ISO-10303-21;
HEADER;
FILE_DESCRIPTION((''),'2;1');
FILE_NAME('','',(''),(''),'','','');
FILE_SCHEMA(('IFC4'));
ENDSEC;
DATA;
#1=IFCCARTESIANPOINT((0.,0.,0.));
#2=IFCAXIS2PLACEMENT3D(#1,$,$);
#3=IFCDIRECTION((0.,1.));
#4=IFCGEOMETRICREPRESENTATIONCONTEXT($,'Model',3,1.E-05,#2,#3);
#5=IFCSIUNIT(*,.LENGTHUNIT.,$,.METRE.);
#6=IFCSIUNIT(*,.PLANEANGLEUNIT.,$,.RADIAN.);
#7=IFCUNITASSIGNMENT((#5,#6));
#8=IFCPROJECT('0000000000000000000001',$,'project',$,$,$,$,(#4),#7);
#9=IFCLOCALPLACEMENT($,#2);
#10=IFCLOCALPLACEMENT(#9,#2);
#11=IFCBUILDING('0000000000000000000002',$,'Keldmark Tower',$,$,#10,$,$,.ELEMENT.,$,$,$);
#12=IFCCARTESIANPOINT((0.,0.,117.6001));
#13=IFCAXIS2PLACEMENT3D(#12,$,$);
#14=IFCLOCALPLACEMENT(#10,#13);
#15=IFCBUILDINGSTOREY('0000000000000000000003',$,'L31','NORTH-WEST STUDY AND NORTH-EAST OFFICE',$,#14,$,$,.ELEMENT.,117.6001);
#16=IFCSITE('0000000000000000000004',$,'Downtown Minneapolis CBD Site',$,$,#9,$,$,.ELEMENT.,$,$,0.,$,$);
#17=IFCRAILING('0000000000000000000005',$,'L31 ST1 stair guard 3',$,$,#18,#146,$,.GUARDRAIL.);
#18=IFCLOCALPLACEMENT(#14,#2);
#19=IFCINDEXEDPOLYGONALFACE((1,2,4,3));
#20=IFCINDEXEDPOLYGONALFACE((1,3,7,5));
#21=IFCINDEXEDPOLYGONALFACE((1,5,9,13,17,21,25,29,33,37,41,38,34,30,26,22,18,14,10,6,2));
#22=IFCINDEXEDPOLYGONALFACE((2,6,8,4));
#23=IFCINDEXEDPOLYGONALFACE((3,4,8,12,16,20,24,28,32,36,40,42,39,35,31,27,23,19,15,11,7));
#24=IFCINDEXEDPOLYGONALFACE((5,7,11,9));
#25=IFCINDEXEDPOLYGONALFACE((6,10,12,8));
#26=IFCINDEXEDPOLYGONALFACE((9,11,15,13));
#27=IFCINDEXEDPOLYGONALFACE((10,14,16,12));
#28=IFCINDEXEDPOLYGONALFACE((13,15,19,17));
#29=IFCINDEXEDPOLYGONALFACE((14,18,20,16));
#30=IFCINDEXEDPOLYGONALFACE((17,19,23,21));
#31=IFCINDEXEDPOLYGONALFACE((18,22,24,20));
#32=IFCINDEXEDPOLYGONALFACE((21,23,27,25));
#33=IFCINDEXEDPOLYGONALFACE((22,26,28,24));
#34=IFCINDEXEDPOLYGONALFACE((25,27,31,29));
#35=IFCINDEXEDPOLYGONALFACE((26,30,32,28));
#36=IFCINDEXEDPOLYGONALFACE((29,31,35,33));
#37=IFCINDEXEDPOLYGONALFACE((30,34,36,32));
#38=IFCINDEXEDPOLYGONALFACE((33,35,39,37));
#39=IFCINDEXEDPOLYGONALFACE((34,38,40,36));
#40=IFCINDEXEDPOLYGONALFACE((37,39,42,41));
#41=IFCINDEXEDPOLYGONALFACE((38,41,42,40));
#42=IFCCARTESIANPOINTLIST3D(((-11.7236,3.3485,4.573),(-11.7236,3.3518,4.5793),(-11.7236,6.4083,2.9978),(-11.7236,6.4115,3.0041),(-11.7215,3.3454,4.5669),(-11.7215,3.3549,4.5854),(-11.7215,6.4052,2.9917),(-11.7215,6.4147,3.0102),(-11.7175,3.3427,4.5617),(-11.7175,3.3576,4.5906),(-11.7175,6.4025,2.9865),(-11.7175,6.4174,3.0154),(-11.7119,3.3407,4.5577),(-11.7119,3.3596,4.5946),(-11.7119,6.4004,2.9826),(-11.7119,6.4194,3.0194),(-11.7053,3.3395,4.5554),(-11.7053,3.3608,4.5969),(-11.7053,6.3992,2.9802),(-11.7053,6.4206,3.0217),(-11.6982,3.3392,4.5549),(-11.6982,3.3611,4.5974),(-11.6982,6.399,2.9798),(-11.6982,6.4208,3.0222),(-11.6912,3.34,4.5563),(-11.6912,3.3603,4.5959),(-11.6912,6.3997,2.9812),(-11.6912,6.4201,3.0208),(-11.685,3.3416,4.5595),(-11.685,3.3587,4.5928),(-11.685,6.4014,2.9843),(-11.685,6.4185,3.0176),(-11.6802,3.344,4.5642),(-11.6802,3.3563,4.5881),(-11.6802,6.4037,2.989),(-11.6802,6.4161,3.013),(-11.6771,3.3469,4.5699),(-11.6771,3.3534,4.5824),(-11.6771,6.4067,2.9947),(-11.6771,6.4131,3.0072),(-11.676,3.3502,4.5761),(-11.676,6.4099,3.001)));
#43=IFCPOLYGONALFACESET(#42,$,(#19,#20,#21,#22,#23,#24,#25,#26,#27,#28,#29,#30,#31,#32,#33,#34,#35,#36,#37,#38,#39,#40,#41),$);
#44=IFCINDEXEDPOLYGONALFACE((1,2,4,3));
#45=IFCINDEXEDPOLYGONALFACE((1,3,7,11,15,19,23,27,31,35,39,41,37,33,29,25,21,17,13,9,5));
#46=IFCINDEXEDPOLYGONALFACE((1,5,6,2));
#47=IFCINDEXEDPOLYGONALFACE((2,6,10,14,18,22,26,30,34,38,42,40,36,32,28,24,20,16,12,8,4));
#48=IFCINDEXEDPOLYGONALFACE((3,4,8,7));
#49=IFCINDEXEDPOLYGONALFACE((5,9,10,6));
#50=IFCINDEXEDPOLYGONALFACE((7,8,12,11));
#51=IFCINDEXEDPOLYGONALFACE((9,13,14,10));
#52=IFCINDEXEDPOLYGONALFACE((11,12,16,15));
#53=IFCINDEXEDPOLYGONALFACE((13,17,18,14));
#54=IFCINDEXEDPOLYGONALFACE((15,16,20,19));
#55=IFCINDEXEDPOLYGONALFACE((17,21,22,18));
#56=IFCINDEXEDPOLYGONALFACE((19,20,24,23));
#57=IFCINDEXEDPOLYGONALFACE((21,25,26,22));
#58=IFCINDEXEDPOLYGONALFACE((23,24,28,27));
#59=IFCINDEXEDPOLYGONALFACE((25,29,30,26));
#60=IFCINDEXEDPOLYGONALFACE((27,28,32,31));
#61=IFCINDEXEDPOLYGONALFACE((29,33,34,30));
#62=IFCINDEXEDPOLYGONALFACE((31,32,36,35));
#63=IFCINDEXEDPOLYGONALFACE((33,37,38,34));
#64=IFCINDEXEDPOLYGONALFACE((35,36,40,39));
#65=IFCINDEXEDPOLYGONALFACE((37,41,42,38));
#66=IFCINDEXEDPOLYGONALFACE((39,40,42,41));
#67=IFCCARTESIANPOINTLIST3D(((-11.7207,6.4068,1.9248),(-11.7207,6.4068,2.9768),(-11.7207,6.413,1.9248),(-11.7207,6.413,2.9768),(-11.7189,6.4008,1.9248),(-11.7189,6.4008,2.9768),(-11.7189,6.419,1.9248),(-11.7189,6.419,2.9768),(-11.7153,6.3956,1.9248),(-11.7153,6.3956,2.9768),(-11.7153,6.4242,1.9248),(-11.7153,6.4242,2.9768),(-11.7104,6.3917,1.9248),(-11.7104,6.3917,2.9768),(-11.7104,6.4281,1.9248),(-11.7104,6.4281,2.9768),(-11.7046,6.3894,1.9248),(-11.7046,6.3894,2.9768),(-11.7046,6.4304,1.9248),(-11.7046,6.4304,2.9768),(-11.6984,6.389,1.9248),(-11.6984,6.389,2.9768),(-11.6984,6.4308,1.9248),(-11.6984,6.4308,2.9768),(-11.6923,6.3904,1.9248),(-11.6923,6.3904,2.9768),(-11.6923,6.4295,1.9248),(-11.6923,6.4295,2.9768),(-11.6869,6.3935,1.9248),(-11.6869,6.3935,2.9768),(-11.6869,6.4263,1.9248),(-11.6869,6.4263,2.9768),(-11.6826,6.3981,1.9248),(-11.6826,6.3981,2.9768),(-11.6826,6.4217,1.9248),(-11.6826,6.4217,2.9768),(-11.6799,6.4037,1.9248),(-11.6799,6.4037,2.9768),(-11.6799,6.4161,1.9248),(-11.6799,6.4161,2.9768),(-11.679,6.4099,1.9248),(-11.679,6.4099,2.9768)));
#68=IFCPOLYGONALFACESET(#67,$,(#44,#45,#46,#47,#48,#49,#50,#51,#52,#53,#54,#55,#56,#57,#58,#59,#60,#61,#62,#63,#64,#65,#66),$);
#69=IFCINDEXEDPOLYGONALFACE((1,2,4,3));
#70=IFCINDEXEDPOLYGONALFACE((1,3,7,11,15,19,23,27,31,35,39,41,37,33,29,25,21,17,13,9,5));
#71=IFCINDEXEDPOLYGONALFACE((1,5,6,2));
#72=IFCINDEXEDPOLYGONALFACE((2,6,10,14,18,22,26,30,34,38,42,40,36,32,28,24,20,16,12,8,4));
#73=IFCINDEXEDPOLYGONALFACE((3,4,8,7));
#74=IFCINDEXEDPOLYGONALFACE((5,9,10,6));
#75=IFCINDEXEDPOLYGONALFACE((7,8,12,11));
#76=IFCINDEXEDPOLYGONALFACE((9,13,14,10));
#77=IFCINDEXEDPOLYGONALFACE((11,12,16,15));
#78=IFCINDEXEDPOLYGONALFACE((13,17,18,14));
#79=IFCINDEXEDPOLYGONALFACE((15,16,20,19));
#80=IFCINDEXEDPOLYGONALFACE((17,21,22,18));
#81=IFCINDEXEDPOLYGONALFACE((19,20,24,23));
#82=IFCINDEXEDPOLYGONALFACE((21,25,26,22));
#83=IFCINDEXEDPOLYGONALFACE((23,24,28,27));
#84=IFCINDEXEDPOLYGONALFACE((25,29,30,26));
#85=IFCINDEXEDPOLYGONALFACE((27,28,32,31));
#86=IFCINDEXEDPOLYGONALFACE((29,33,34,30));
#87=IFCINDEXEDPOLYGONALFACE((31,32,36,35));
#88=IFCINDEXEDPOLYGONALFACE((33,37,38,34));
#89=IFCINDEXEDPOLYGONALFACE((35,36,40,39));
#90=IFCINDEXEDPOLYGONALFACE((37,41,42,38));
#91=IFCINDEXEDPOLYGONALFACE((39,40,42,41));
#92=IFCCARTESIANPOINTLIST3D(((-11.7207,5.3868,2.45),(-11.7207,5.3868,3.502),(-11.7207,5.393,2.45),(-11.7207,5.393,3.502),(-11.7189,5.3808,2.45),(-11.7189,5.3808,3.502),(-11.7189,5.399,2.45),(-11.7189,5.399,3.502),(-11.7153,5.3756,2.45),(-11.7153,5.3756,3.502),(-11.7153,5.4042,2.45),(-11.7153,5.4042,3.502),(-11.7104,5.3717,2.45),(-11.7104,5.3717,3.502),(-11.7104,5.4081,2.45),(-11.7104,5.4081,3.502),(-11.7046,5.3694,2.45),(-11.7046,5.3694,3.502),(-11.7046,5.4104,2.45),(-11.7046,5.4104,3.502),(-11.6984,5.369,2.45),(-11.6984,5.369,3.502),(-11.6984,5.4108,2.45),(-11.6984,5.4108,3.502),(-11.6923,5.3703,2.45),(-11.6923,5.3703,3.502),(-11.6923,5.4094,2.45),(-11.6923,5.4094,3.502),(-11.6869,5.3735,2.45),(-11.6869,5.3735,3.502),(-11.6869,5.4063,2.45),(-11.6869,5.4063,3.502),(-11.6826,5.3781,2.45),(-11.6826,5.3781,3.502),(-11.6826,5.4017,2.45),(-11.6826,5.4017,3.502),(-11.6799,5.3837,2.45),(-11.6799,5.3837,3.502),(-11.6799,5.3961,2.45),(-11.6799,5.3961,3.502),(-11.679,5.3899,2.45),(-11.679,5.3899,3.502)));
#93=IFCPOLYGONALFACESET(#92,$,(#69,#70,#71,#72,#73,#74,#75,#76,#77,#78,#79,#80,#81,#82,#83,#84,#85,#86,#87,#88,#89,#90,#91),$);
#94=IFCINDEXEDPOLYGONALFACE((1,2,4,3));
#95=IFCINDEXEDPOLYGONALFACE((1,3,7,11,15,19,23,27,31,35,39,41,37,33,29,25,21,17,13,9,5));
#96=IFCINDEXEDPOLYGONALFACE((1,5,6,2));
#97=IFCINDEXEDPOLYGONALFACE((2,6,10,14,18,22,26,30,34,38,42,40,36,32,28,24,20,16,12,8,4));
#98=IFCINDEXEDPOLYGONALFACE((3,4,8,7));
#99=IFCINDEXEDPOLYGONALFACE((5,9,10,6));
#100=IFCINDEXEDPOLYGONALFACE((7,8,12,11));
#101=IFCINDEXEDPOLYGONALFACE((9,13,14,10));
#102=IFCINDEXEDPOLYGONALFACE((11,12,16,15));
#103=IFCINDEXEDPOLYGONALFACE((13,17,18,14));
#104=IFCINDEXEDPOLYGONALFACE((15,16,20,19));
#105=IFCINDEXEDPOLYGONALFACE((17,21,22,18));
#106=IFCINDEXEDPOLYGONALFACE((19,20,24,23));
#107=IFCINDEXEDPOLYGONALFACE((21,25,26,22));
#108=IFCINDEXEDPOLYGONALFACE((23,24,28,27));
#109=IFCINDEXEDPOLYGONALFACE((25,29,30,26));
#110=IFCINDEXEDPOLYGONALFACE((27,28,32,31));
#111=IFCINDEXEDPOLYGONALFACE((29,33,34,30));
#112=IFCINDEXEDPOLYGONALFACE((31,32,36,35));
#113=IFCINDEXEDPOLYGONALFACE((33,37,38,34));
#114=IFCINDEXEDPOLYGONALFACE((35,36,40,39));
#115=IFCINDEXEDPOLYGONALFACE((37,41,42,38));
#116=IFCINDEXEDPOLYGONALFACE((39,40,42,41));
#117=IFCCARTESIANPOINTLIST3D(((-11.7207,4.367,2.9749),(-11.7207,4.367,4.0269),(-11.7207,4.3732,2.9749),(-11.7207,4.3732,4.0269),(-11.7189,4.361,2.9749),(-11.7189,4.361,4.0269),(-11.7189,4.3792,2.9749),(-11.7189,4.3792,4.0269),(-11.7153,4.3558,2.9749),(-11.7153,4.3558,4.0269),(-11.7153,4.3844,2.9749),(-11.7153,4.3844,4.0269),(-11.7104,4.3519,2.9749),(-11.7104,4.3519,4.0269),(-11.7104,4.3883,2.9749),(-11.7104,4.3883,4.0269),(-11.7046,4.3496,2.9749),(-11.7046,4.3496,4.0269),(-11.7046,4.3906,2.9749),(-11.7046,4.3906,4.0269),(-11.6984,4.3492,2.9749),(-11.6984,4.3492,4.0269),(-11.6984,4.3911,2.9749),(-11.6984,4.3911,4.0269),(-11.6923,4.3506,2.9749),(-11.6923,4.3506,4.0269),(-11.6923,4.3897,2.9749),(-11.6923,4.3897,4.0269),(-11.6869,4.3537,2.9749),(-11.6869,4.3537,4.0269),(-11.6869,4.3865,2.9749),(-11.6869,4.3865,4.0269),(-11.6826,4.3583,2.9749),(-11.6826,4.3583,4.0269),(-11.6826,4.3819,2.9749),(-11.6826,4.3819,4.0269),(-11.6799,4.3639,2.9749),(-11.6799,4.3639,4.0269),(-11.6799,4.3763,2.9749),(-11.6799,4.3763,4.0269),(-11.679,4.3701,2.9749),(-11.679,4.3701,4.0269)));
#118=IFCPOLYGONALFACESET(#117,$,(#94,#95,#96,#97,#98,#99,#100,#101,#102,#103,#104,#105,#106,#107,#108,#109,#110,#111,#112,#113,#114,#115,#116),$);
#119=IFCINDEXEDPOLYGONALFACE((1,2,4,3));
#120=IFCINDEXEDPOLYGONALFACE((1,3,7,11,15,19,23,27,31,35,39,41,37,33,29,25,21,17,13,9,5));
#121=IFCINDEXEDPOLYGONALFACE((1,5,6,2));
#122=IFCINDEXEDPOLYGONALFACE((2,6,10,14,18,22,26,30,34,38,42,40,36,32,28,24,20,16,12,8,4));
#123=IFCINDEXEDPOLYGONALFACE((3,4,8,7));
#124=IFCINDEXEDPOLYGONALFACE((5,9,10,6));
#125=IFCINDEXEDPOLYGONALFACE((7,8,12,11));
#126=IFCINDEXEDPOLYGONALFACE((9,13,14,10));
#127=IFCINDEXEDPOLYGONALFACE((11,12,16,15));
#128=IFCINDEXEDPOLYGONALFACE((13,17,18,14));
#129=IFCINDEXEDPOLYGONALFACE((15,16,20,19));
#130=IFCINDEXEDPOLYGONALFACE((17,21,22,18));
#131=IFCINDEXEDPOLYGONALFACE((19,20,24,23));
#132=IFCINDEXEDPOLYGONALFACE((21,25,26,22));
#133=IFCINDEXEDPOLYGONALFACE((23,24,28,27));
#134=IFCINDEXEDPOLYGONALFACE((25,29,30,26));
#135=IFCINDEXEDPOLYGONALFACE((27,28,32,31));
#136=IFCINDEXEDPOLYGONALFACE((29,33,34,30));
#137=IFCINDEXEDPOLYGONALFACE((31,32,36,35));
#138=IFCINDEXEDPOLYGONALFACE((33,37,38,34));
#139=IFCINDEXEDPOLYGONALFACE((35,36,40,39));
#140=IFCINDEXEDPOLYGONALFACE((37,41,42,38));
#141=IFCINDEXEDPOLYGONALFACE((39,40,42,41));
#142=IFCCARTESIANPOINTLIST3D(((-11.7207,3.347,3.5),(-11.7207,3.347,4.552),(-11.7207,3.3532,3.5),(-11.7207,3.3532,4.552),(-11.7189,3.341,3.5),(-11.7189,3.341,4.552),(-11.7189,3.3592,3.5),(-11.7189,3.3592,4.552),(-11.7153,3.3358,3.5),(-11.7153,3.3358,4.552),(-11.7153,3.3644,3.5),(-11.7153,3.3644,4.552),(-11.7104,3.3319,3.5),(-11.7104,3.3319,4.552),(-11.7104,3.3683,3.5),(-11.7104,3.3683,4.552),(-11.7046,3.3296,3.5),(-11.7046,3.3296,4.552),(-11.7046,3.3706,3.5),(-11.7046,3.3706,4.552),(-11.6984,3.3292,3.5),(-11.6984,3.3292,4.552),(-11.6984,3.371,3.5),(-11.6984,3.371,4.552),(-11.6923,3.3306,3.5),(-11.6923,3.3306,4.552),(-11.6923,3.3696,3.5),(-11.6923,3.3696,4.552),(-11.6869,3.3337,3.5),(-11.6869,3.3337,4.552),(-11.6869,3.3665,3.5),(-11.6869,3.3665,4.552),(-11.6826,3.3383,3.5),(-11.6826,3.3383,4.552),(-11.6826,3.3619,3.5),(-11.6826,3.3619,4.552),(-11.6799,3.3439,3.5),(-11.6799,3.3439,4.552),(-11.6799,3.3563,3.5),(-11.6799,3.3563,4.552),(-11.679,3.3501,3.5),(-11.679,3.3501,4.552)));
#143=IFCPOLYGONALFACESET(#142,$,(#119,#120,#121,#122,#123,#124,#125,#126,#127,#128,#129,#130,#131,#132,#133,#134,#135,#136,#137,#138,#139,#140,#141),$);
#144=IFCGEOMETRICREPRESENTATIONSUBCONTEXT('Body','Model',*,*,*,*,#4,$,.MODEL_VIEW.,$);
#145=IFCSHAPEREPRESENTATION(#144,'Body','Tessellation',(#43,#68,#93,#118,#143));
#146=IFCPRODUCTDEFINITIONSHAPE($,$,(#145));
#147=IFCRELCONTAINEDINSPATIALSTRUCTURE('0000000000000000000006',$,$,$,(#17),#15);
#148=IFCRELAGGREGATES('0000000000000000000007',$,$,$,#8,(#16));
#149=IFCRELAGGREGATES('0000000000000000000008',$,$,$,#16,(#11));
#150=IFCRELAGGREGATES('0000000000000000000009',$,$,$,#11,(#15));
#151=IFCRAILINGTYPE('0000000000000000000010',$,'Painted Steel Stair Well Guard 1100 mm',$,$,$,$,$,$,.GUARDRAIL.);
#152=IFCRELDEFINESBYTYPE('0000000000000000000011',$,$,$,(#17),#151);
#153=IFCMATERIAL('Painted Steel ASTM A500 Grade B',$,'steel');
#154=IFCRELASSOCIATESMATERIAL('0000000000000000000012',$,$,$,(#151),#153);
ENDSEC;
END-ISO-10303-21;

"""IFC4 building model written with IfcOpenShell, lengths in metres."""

from ifc_helpers import new_model, si_unit, direction, frame, origin, origin_2d, place, context, subcontext, project, spatial, circle, extrude, material, type_object, element, save


model = new_model("IFC4")

# Units and contexts
model_context = context("Model", 3, precision=1e-05, world=origin(), true_north=direction((0.0, 1.0)))
body_context = subcontext(model_context, "Body", "Model", "MODEL_VIEW")
ifc_project = project(units=[si_unit("LENGTHUNIT", "METRE"), si_unit("PLANEANGLEUNIT", "RADIAN")], contexts=[model_context])

# Site, building, storey
site_placement = place(None, origin())
site = spatial("IfcSite", under=ifc_project, at=site_placement, Name="Downtown Minneapolis CBD Site", CompositionType="ELEMENT", RefElevation=0.0)
building_placement = place(site_placement, origin())
building = spatial("IfcBuilding", under=site, at=building_placement, Name="Keldmark Tower", CompositionType="ELEMENT")
storey_placement = place(building_placement, frame((0.0, 0.0, 117.6001)))
storey = spatial("IfcBuildingStorey", under=building, at=storey_placement, Name="L31", Description="NORTH-WEST STUDY AND NORTH-EAST OFFICE", CompositionType="ELEMENT", Elevation=117.6001)

# Railing
ifc_material_1 = material(Name="Painted Steel ASTM A500 Grade B", Category="steel")
railing_type_1 = type_object("IfcRailingType", Name="Painted Steel Stair Well Guard 1100 mm", PredefinedType="GUARDRAIL", material=ifc_material_1)
railing_1_placement = place(storey_placement, frame((-11.7, 6.4099, 1.9248)))
element("IfcRailing", 1, at=railing_1_placement, inside=storey, type_object=railing_type_1, Name="L31 ST1 stair guard 3", PredefinedType="GUARDRAIL", context=body_context, shape_type="SweptSolid", body=[
    extrude(circle(Radius=0.0239, at=origin_2d()), frame((0.0, 0.0, 1.0762), z_axis=(0.0, -0.889101, 0.45771), x_axis=(1.0, 0.0, 0.0)), (0.0, 0.0, 1.0), 3.4414),
    extrude(circle(Radius=0.021, at=origin_2d()), origin(), (0.0, 0.0, 1.0), 1.052),
    extrude(circle(Radius=0.021, at=origin_2d()), frame((0.0, -1.02, 0.5251)), (0.0, 0.0, 1.0), 1.052),
    extrude(circle(Radius=0.021, at=origin_2d()), frame((0.0, -2.0398, 1.05)), (0.0, 0.0, 1.0), 1.052),
    extrude(circle(Radius=0.021, at=origin_2d()), frame((0.0, -3.0598, 1.5752)), (0.0, 0.0, 1.0), 1.052),
])

save(model, "model.ifc")
